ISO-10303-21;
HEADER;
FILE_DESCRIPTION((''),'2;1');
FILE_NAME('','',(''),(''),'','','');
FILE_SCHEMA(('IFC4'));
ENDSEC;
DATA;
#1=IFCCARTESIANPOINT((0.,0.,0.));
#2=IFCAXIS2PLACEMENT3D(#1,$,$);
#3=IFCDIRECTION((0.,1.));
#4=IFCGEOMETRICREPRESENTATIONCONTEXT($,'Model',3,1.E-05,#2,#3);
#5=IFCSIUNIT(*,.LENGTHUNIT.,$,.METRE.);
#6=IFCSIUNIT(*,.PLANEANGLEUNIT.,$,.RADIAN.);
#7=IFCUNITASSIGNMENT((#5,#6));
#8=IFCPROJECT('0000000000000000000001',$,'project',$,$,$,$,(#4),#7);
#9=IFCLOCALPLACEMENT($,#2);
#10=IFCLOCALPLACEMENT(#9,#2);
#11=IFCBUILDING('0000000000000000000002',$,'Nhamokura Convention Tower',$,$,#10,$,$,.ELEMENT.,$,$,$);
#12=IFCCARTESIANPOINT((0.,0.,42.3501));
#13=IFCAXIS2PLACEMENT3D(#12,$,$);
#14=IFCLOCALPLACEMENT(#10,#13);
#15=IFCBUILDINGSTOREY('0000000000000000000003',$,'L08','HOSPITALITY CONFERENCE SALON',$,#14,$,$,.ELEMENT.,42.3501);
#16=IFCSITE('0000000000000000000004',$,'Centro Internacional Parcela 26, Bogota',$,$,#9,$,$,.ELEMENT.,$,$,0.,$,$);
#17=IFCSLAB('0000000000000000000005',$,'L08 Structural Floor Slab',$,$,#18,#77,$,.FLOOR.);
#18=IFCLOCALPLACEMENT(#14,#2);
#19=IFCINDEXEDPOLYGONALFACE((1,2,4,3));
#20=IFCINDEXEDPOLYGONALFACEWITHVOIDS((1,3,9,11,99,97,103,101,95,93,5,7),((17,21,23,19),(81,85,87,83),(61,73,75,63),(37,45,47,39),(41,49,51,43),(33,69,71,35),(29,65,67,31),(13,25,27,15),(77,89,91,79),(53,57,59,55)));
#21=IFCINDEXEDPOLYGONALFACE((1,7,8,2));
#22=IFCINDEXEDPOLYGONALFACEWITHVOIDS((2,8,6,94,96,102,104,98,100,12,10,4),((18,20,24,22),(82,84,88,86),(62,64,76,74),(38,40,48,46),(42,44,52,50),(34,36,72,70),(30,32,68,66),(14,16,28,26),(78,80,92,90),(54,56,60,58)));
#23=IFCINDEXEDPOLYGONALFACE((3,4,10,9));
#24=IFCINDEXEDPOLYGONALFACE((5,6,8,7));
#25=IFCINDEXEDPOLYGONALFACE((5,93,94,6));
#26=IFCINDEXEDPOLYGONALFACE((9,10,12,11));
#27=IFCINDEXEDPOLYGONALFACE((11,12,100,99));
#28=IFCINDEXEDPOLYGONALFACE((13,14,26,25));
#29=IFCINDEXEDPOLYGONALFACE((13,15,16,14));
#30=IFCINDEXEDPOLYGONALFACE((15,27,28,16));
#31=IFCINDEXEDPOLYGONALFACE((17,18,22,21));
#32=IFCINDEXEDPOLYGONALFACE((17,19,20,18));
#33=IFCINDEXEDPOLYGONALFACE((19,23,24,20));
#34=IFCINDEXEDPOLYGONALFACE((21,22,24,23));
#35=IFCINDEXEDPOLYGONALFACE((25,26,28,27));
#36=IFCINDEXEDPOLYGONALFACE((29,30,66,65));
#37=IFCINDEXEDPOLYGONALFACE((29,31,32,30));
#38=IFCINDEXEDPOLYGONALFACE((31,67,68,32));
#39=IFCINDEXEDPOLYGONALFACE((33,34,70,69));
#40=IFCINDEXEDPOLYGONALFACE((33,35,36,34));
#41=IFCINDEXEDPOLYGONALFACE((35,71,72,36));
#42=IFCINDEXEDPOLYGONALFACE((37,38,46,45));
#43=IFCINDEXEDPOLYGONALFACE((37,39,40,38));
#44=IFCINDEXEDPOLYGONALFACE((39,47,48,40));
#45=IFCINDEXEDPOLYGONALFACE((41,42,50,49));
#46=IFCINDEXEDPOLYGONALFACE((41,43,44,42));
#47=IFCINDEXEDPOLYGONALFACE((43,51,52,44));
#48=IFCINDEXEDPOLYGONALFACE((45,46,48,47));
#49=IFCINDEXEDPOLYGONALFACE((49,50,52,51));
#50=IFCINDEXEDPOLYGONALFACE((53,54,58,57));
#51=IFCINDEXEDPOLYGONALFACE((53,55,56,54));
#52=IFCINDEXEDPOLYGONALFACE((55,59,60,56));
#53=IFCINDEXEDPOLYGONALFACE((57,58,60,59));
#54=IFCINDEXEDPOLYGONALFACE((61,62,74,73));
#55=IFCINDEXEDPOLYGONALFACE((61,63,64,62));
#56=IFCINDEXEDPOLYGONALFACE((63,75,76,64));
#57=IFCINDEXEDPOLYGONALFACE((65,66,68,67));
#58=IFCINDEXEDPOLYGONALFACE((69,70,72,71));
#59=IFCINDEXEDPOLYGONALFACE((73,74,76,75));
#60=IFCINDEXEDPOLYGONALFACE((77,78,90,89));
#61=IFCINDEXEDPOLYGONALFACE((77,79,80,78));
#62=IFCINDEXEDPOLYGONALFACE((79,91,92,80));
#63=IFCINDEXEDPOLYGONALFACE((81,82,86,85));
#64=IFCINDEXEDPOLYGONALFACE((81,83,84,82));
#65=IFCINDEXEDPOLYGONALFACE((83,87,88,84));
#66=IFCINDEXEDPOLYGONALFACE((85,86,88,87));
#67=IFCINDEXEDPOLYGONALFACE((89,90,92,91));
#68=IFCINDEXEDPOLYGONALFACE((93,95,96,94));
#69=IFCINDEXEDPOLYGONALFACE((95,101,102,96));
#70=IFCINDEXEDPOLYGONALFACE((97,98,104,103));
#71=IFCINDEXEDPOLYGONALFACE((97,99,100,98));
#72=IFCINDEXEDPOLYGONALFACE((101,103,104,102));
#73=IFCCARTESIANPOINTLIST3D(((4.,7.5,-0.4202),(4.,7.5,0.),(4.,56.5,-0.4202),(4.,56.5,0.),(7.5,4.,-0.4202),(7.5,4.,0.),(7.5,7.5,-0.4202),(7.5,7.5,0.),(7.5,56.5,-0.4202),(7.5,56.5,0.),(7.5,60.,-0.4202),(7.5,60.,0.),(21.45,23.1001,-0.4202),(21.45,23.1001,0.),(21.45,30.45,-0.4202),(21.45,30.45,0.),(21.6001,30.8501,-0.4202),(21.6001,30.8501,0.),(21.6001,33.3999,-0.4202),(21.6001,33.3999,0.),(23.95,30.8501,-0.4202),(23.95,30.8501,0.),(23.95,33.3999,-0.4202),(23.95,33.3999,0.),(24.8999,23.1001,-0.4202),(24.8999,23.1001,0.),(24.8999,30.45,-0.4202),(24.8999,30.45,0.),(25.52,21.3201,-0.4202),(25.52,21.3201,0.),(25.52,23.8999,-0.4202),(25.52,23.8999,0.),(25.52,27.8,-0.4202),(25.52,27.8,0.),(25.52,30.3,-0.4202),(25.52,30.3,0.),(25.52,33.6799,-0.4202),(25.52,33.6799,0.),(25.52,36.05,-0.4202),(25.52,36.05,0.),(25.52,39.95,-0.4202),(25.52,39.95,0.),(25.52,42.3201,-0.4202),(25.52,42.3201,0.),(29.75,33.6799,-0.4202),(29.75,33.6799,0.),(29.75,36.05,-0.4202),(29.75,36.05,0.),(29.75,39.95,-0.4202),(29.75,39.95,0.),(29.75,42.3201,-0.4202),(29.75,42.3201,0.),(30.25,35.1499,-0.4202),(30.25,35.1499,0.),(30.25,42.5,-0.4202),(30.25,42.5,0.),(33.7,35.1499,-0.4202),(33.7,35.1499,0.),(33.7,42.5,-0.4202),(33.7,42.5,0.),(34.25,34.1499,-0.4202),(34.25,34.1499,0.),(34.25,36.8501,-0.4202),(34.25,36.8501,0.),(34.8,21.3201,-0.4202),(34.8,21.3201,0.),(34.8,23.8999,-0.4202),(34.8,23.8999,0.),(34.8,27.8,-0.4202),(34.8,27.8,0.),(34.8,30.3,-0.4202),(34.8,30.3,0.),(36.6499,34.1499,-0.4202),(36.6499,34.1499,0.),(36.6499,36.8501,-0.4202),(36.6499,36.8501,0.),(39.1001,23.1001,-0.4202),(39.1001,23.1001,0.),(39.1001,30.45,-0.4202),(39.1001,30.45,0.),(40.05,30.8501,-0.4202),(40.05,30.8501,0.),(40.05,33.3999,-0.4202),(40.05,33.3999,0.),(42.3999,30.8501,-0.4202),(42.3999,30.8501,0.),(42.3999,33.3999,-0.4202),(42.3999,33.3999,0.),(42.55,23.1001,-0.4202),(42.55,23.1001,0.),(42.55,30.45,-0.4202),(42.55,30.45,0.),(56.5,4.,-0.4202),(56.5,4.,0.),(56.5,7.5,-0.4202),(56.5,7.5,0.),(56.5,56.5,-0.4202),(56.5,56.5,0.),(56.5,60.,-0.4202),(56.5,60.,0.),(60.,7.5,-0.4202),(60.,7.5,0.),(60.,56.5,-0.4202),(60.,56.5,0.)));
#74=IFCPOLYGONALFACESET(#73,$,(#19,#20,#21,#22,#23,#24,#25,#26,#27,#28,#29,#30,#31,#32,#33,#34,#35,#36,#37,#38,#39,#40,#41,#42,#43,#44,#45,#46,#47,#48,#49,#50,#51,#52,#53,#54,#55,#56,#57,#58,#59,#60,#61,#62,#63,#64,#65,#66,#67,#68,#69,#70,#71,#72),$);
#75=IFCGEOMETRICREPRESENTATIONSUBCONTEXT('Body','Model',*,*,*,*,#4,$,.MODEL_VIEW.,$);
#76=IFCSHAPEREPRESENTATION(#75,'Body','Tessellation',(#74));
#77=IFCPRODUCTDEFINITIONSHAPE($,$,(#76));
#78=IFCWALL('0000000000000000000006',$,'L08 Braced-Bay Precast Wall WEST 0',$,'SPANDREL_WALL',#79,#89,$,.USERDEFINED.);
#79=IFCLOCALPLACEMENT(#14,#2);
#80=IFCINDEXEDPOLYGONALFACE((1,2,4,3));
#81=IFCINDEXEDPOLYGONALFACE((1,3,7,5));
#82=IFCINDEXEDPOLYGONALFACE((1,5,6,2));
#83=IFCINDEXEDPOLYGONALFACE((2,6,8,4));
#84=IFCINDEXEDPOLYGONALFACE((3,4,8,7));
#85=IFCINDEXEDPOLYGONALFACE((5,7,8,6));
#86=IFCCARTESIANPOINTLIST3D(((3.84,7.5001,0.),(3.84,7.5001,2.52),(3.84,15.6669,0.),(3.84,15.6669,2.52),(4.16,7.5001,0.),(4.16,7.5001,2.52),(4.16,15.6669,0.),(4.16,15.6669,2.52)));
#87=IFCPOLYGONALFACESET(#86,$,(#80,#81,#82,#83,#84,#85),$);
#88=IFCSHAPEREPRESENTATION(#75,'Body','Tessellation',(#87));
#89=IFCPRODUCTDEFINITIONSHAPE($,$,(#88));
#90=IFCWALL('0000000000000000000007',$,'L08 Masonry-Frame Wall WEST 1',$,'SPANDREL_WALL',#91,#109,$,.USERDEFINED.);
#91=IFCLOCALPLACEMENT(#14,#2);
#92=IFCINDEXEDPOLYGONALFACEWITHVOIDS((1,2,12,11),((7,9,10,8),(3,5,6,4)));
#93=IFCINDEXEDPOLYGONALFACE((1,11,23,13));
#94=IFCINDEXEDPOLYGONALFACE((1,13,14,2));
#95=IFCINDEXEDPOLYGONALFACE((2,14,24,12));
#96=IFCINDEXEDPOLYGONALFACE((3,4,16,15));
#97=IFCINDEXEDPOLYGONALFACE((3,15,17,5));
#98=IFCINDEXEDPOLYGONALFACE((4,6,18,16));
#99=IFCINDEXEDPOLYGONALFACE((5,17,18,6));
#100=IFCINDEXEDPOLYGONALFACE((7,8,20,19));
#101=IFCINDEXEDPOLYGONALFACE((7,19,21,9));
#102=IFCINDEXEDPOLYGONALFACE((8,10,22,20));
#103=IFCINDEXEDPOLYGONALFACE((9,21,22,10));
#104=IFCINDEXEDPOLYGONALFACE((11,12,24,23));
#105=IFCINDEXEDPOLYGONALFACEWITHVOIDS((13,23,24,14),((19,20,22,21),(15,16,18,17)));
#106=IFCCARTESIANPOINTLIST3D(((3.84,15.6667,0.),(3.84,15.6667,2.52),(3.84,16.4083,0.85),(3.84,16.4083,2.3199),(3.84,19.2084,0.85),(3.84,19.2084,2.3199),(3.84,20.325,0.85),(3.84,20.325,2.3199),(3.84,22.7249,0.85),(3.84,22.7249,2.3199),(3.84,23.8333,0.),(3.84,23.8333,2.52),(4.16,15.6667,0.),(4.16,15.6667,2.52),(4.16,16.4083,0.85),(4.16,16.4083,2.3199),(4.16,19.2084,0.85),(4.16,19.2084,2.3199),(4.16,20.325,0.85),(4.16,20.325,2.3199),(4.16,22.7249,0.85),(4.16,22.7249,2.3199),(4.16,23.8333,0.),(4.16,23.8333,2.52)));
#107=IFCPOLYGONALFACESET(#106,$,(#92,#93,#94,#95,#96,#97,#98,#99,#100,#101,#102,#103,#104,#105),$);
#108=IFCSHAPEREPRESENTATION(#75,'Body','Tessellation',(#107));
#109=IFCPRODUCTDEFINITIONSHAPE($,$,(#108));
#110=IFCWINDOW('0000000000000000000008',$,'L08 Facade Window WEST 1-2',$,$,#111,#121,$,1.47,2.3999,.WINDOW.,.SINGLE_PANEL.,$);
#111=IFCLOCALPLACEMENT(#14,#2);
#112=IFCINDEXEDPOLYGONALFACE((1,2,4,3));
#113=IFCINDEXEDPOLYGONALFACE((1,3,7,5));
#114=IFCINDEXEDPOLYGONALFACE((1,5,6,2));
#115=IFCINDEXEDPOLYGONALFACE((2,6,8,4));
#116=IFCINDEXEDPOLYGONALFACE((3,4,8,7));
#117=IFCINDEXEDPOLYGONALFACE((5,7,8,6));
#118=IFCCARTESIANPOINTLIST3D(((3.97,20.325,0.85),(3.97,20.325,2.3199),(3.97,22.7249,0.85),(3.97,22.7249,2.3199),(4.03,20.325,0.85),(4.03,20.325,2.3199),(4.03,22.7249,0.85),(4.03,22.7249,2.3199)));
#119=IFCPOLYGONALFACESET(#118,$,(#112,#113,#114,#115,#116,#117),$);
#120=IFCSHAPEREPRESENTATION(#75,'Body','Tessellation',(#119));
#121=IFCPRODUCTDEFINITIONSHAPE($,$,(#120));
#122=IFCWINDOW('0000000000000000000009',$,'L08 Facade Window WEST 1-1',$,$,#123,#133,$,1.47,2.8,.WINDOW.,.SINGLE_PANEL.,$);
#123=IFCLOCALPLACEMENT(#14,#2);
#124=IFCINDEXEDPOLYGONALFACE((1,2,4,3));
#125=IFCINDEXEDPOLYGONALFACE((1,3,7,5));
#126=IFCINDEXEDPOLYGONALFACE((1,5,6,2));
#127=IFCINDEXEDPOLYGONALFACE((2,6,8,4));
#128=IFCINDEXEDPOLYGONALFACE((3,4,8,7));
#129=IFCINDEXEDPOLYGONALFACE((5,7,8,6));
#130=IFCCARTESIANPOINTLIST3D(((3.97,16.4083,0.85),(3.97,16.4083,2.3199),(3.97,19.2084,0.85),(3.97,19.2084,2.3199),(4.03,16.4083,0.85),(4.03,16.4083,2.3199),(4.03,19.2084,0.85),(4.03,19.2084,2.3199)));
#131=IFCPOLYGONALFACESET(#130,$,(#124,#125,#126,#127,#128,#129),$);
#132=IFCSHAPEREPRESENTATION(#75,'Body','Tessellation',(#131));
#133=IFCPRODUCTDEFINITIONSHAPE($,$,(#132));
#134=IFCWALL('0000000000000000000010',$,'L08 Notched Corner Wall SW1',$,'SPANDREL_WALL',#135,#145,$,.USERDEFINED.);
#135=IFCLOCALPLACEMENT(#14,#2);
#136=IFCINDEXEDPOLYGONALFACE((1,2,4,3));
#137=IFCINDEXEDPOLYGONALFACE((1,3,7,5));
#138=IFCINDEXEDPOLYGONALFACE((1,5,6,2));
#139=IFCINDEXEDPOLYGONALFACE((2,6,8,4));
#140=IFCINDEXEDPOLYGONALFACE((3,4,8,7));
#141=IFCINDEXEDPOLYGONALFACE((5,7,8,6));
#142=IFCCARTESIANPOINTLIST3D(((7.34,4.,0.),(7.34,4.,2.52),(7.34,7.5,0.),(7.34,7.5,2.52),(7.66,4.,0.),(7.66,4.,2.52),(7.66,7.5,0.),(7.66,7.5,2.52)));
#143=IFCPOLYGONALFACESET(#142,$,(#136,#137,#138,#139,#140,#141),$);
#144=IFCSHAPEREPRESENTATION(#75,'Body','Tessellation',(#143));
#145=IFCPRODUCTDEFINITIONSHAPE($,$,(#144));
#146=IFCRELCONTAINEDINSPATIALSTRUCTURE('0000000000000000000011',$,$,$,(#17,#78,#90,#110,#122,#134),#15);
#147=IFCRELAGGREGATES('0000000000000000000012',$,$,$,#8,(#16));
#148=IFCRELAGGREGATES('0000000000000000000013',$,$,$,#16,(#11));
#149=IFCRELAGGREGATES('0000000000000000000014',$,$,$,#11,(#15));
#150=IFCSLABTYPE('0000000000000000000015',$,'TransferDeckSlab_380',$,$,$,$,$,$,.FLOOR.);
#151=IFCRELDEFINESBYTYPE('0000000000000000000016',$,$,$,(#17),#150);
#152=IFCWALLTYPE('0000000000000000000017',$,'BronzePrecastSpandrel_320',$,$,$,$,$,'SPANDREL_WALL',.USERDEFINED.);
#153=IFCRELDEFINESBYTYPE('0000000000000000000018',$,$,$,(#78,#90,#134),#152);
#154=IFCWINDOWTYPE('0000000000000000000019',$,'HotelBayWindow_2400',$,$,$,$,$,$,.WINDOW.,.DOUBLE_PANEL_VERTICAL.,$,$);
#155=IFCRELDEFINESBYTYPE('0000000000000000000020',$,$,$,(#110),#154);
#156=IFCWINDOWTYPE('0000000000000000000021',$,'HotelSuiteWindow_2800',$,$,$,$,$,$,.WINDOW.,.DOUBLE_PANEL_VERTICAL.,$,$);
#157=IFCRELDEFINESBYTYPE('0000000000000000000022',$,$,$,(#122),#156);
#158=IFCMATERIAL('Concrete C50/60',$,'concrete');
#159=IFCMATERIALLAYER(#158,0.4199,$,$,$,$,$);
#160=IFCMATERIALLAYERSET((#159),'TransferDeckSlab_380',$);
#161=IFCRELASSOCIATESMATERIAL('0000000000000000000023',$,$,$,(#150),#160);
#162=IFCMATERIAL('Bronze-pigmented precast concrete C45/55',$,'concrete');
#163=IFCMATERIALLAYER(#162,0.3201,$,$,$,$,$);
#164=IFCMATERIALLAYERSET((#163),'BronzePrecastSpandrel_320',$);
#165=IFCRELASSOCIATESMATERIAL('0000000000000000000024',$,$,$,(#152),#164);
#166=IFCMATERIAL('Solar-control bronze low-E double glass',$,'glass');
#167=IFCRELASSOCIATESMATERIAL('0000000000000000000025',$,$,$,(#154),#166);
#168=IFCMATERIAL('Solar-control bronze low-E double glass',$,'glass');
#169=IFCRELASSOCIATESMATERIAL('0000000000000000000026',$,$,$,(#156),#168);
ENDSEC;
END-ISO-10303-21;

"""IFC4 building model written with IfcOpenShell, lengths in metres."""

from ifc_helpers import new_model, si_unit, direction, frame, frame_2d, origin, place, context, subcontext, project, spatial, polyline, rectangle, outline, extrude, material, layer, layer_set, type_object, element, fill, save


model = new_model("IFC4")

# Units and contexts
model_context = context("Model", 3, precision=1e-05, world=origin(), true_north=direction((0.0, 1.0)))
body_context = subcontext(model_context, "Body", "Model", "MODEL_VIEW")
ifc_project = project(units=[si_unit("LENGTHUNIT", "METRE"), si_unit("PLANEANGLEUNIT", "RADIAN")], contexts=[model_context])

# Site, building, storey
site_placement = place(None, origin())
site = spatial("IfcSite", under=ifc_project, at=site_placement, Name="Centro Internacional Parcela 26, Bogota", CompositionType="ELEMENT", RefElevation=0.0)
building_placement = place(site_placement, origin())
building = spatial("IfcBuilding", under=site, at=building_placement, Name="Nhamokura Convention Tower", CompositionType="ELEMENT")
storey_placement = place(building_placement, frame((0.0, 0.0, 42.3501)))
storey = spatial("IfcBuildingStorey", under=building, at=storey_placement, Name="L08", Description="HOSPITALITY CONFERENCE SALON", CompositionType="ELEMENT", Elevation=42.3501)

# Slab
ifc_material_1 = material(Name="Concrete C50/60", Category="concrete")
ifc_layer_1 = layer(ifc_material_1, 0.4199)
ifc_layer_set_1 = layer_set([ifc_layer_1], Name="TransferDeckSlab_380")
slab_type_1 = type_object("IfcSlabType", Name="TransferDeckSlab_380", PredefinedType="FLOOR", material=ifc_layer_set_1)
slab_1_placement = place(storey_placement, frame((0.0, 0.0, -0.4202)))
element("IfcSlab", 1, at=slab_1_placement, inside=storey, type_object=slab_type_1, Name="L08 Structural Floor Slab", PredefinedType="FLOOR", context=body_context, shape_type="SweptSolid", body=[
    extrude(outline(polyline([(7.5, 4.0), (56.5, 4.0), (56.5, 7.5), (60.0, 7.5), (60.0, 56.5), (56.5, 56.5), (56.5, 60.0), (7.5, 60.0), (7.5, 56.5), (4.0, 56.5), (4.0, 7.5), (7.5, 7.5), (7.5, 4.0)]), holes=[polyline([(24.8999, 23.1001), (24.8999, 30.45), (21.45, 30.45), (21.45, 23.1001), (24.8999, 23.1001)]), polyline([(42.55, 23.1001), (42.55, 30.45), (39.1001, 30.45), (39.1001, 23.1001), (42.55, 23.1001)]), polyline([(33.7, 35.1499), (33.7, 42.5), (30.25, 42.5), (30.25, 35.1499), (33.7, 35.1499)]), polyline([(21.6001, 30.8501), (23.95, 30.8501), (23.95, 33.3999), (21.6001, 33.3999), (21.6001, 30.8501)]), polyline([(40.05, 30.8501), (42.3999, 30.8501), (42.3999, 33.3999), (40.05, 33.3999), (40.05, 30.8501)]), polyline([(34.25, 34.1499), (36.6499, 34.1499), (36.6499, 36.8501), (34.25, 36.8501), (34.25, 34.1499)]), polyline([(25.52, 21.3201), (34.8, 21.3201), (34.8, 23.8999), (25.52, 23.8999), (25.52, 21.3201)]), polyline([(25.52, 27.8), (34.8, 27.8), (34.8, 30.3), (25.52, 30.3), (25.52, 27.8)]), polyline([(25.52, 33.6799), (29.75, 33.6799), (29.75, 36.05), (25.52, 36.05), (25.52, 33.6799)]), polyline([(25.52, 39.95), (29.75, 39.95), (29.75, 42.3201), (25.52, 42.3201), (25.52, 39.95)])]), origin(), (0.0, 0.0, 1.0), 0.4202),
])

# Wall
ifc_material_2 = material(Name="Bronze-pigmented precast concrete C45/55", Category="concrete")
ifc_layer_2 = layer(ifc_material_2, 0.3201)
ifc_layer_set_2 = layer_set([ifc_layer_2], Name="BronzePrecastSpandrel_320")
wall_type = type_object("IfcWallType", Name="BronzePrecastSpandrel_320", ElementType="SPANDREL_WALL", PredefinedType="USERDEFINED", material=ifc_layer_set_2)
wall_1_placement = place(storey_placement, frame((4.0, 7.5, 0.0), z_axis=(0.0, 0.0, 1.0), x_axis=(0.0, 1.0, 0.0)))
element("IfcWall", 2, at=wall_1_placement, inside=storey, type_object=wall_type, Name="L08 Braced-Bay Precast Wall WEST 0", ObjectType="SPANDREL_WALL", PredefinedType="USERDEFINED", context=body_context, shape_type="SweptSolid", body=[
    extrude(rectangle(XDim=8.1667, YDim=0.3201, at=frame_2d((4.0835, 0.0))), origin(), (0.0, 0.0, 1.0), 2.52),
])

# Wall, openings, windows
wall_2_placement = place(storey_placement, frame((4.0, 15.6667, 0.0), z_axis=(0.0, 0.0, 1.0), x_axis=(0.0, 1.0, 0.0)))
wall_2 = element("IfcWall", 3, at=wall_2_placement, inside=storey, type_object=wall_type, Name="L08 Masonry-Frame Wall WEST 1", ObjectType="SPANDREL_WALL", PredefinedType="USERDEFINED", context=body_context, shape_type="SweptSolid", body=[
    extrude(rectangle(XDim=8.1665, YDim=0.3201, at=frame_2d((4.0833, 0.0))), origin(), (0.0, 0.0, 1.0), 2.52),
])
opening_1_placement = place(wall_2_placement, frame((0.7417, 0.0, 0.8501)))
opening_1 = element("IfcOpeningElement", 4, at=opening_1_placement, cuts=wall_2, PredefinedType="OPENING", context=body_context, shape_type="SweptSolid", body=[
    extrude(rectangle(XDim=2.8, YDim=1.47, at=frame_2d((1.3999, 0.7349))), frame((0.0, 0.1699, 0.0), z_axis=(0.0, -1.0, 0.0), x_axis=(1.0, 0.0, 0.0)), (0.0, 0.0, 1.0), 0.3401),
])
opening_2_placement = place(wall_2_placement, frame((4.6582, 0.0, 0.8501)))
opening_2 = element("IfcOpeningElement", 5, at=opening_2_placement, cuts=wall_2, PredefinedType="OPENING", context=body_context, shape_type="SweptSolid", body=[
    extrude(rectangle(XDim=2.3999, YDim=1.47, at=frame_2d((1.2, 0.7349))), frame((0.0, 0.1699, 0.0), z_axis=(0.0, -1.0, 0.0), x_axis=(1.0, 0.0, 0.0)), (0.0, 0.0, 1.0), 0.3401),
])
ifc_material_3 = material(Name="Solar-control bronze low-E double glass", Category="glass")
window_type_1 = type_object("IfcWindowType", Name="HotelBayWindow_2400", PartitioningType="DOUBLE_PANEL_VERTICAL", PredefinedType="WINDOW", material=ifc_material_3)
window_1_placement = place(opening_2_placement, origin())
window_1 = element("IfcWindow", 6, at=window_1_placement, inside=storey, type_object=window_type_1, Name="L08 Facade Window WEST 1-2", OverallHeight=1.47, OverallWidth=2.3999, PartitioningType="SINGLE_PANEL", PredefinedType="WINDOW", context=body_context, shape_type="SweptSolid", body=[
    extrude(rectangle(XDim=2.3999, YDim=1.47, at=frame_2d((1.2, 0.7349))), frame((0.0, 0.03, 0.0), z_axis=(0.0, -1.0, 0.0), x_axis=(1.0, 0.0, 0.0)), (0.0, 0.0, 1.0), 0.0601),
])
fill(opening_2, window_1)
ifc_material_4 = material(Name="Solar-control bronze low-E double glass", Category="glass")
window_type_2 = type_object("IfcWindowType", Name="HotelSuiteWindow_2800", PartitioningType="DOUBLE_PANEL_VERTICAL", PredefinedType="WINDOW", material=ifc_material_4)
window_2_placement = place(opening_1_placement, origin())
window_2 = element("IfcWindow", 7, at=window_2_placement, inside=storey, type_object=window_type_2, Name="L08 Facade Window WEST 1-1", OverallHeight=1.47, OverallWidth=2.8, PartitioningType="SINGLE_PANEL", PredefinedType="WINDOW", context=body_context, shape_type="SweptSolid", body=[
    extrude(rectangle(XDim=2.8, YDim=1.47, at=frame_2d((1.3999, 0.7349))), frame((0.0, 0.03, 0.0), z_axis=(0.0, -1.0, 0.0), x_axis=(1.0, 0.0, 0.0)), (0.0, 0.0, 1.0), 0.0601),
])
fill(opening_1, window_2)

# Wall
wall_3_placement = place(storey_placement, frame((7.5, 4.0, 0.0), z_axis=(0.0, 0.0, 1.0), x_axis=(0.0, 1.0, 0.0)))
element("IfcWall", 8, at=wall_3_placement, inside=storey, type_object=wall_type, Name="L08 Notched Corner Wall SW1", ObjectType="SPANDREL_WALL", PredefinedType="USERDEFINED", context=body_context, shape_type="SweptSolid", body=[
    extrude(rectangle(XDim=3.5, YDim=0.3201, at=frame_2d((1.75, 0.0))), origin(), (0.0, 0.0, 1.0), 2.52),
])

save(model, "model.ifc")
